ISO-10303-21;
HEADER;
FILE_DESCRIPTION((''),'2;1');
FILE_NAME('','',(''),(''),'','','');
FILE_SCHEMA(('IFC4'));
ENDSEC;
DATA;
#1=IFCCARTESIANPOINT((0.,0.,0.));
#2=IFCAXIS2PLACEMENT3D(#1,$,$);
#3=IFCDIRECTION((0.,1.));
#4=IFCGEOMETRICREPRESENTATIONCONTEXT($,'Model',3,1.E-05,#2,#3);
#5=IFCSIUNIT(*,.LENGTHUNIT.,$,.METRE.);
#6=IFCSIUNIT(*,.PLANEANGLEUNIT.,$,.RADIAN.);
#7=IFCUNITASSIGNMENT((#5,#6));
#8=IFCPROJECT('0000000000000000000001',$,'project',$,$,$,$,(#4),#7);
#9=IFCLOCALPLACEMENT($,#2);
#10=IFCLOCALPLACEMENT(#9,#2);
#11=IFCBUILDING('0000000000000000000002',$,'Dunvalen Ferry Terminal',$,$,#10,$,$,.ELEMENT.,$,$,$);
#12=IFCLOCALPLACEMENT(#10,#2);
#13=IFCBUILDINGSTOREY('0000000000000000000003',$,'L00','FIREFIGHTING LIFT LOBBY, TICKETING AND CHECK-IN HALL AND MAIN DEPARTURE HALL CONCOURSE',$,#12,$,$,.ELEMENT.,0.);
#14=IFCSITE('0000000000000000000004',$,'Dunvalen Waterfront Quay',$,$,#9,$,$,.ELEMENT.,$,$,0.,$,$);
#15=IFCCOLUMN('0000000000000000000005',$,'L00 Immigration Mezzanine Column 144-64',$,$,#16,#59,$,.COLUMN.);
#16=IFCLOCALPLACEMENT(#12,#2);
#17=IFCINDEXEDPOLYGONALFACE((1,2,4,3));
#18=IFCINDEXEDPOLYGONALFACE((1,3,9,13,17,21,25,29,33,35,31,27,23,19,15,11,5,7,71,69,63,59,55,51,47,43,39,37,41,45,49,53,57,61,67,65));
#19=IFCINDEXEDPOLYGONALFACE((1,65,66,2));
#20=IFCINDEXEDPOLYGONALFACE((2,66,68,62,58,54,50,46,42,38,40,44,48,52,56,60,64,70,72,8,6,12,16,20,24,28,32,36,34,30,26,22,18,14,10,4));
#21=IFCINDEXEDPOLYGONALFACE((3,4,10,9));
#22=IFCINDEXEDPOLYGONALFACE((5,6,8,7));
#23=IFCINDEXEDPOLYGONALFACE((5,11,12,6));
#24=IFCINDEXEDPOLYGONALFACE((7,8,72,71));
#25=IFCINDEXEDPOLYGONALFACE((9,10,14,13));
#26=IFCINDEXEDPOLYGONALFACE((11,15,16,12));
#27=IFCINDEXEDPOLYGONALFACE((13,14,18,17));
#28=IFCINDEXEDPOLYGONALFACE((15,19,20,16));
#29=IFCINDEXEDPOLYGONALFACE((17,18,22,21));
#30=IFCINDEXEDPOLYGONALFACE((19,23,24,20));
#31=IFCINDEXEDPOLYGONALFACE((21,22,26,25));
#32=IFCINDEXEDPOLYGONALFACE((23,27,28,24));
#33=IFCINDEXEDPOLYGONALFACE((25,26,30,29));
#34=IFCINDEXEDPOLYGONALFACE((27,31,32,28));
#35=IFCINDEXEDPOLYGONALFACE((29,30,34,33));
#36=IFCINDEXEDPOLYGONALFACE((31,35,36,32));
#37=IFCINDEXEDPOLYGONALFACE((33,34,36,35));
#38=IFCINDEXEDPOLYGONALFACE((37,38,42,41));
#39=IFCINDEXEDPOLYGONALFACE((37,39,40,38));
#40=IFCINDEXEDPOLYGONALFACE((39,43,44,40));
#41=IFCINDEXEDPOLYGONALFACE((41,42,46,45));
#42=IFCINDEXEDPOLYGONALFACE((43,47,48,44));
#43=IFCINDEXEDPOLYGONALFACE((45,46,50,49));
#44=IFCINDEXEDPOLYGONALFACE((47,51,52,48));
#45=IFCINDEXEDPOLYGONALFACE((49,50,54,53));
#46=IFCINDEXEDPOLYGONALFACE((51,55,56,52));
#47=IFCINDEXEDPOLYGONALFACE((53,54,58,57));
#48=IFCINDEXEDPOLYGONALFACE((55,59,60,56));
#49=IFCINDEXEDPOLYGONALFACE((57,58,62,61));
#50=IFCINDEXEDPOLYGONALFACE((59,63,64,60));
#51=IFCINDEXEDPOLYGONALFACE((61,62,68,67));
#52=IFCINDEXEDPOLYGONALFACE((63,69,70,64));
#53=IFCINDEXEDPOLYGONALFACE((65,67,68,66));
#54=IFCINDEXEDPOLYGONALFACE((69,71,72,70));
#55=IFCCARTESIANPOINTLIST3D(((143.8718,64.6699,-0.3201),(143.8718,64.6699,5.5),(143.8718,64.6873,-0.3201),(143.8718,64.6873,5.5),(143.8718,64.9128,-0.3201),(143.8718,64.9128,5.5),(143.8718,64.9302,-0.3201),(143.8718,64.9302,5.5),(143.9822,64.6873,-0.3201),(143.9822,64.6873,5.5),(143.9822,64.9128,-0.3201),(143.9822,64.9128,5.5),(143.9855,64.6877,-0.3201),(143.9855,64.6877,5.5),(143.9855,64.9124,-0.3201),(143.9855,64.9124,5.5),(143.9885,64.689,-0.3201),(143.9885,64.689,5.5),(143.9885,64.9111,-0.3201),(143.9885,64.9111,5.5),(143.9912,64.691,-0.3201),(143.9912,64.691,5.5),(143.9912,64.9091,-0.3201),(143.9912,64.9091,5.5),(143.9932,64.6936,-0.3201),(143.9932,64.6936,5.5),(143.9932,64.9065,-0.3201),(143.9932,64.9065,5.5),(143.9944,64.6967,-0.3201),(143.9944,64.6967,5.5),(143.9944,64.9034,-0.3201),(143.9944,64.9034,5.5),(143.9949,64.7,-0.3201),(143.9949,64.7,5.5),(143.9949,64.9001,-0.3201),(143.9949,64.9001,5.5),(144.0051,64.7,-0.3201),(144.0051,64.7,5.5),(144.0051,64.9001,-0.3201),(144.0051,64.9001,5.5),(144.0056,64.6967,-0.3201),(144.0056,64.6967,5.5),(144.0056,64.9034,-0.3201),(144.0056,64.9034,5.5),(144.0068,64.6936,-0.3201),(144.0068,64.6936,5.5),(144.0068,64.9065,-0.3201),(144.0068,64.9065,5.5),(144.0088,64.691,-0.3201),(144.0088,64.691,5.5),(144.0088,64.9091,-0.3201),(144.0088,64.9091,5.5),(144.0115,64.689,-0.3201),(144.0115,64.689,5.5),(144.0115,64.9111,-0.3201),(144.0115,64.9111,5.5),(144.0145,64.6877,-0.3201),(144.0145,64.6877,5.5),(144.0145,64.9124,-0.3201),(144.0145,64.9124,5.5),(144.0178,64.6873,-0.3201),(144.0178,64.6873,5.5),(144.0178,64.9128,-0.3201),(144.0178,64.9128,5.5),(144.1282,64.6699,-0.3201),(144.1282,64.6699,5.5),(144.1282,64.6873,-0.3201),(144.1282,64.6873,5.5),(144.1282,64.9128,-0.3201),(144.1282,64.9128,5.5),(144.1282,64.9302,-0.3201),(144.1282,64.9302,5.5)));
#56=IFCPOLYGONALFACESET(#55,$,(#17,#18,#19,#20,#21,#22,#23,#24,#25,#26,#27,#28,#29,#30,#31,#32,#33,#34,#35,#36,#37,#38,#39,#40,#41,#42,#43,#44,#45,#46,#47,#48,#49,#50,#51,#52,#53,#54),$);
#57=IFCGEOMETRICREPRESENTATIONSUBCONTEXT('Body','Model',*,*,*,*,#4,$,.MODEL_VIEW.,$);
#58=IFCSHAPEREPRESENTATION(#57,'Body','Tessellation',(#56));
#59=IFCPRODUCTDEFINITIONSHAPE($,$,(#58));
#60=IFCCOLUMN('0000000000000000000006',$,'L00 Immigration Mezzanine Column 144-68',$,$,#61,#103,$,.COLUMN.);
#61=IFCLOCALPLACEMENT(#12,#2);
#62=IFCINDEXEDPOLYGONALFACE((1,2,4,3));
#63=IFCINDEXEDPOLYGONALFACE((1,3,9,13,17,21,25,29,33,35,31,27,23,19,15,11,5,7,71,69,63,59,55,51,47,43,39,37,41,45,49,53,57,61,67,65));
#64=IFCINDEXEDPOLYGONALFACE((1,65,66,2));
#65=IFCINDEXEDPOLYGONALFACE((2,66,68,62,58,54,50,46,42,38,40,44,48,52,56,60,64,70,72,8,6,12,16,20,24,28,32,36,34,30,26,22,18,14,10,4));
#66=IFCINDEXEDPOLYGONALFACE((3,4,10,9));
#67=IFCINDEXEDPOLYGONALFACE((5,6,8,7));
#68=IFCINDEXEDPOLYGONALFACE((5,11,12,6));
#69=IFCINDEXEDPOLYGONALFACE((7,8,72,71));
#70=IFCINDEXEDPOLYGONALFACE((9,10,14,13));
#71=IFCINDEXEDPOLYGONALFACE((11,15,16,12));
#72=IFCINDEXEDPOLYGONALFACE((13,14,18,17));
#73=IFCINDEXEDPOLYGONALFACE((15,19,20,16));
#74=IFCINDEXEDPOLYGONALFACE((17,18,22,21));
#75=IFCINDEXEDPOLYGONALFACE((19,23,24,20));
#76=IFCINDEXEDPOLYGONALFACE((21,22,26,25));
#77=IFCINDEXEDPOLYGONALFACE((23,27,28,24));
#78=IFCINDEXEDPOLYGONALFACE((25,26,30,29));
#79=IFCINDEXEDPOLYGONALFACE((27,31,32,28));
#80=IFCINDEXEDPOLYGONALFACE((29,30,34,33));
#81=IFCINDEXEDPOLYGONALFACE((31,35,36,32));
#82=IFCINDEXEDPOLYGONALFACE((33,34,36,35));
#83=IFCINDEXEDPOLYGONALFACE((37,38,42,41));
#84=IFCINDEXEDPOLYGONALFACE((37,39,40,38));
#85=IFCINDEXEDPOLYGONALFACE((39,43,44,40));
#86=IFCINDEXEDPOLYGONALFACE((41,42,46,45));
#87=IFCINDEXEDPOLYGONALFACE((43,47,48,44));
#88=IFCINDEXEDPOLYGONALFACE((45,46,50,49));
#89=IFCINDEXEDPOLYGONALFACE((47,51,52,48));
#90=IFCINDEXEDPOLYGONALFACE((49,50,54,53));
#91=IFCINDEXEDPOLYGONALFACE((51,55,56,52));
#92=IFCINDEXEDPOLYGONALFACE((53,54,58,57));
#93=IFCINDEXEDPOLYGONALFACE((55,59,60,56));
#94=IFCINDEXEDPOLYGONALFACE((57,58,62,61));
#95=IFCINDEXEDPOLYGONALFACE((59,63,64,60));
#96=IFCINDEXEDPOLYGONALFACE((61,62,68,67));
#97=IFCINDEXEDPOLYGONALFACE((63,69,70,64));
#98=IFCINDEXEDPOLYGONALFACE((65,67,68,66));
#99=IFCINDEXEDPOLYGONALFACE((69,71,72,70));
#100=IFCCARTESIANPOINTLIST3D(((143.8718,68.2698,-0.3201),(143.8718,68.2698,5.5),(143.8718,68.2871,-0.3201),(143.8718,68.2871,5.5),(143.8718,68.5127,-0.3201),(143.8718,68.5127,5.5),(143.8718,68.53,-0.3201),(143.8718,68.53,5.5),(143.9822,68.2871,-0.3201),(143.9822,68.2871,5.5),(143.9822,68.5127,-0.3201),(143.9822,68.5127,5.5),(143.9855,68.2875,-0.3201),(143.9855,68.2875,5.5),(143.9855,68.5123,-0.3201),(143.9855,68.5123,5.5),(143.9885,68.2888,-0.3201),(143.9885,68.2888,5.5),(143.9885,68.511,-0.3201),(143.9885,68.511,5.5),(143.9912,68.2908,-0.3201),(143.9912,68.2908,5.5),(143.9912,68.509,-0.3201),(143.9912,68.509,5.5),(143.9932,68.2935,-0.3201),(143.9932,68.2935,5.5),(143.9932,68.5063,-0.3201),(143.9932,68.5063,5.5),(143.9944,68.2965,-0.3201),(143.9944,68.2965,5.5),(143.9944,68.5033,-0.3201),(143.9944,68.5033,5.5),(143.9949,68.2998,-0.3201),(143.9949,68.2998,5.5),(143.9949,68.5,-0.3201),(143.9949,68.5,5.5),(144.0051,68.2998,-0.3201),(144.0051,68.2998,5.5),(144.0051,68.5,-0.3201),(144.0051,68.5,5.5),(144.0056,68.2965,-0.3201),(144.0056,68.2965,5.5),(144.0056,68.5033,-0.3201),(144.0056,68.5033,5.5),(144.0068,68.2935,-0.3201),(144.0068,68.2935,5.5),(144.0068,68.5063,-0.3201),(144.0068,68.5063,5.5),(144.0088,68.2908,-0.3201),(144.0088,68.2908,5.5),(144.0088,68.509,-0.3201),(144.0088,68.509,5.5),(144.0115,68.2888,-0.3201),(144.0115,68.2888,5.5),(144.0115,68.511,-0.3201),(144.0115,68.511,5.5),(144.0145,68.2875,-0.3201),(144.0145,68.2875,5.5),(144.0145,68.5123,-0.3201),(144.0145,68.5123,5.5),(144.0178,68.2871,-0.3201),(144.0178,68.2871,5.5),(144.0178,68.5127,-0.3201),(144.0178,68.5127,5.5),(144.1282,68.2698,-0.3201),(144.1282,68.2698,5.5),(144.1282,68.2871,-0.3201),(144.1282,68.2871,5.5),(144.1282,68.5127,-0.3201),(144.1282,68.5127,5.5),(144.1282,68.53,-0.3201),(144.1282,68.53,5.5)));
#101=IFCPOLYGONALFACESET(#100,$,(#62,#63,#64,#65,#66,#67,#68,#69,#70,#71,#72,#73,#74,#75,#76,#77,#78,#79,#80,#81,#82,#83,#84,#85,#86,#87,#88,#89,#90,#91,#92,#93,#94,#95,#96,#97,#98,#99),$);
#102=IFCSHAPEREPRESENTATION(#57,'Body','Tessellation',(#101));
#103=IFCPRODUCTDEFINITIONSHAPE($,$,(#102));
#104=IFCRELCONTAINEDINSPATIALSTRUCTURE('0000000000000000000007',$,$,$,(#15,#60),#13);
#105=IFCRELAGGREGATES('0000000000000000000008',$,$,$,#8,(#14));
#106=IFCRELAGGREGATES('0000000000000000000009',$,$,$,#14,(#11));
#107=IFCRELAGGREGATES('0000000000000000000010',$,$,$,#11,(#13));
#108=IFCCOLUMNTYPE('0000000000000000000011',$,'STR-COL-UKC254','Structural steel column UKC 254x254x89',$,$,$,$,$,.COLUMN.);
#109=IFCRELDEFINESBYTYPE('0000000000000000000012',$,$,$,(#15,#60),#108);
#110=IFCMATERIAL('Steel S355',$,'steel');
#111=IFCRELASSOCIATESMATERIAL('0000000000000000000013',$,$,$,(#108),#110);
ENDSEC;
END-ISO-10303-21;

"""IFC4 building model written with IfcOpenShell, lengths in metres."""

from ifc_helpers import new_model, si_unit, direction, frame, origin, origin_2d, place, context, subcontext, project, spatial, i_section, extrude, material, material_profile, profile_set, type_object, element, save


model = new_model("IFC4")

# Units and contexts
model_context = context("Model", 3, precision=1e-05, world=origin(), true_north=direction((0.0, 1.0)))
body_context = subcontext(model_context, "Body", "Model", "MODEL_VIEW")
ifc_project = project(units=[si_unit("LENGTHUNIT", "METRE"), si_unit("PLANEANGLEUNIT", "RADIAN")], contexts=[model_context])

# Site, building, storey
site_placement = place(None, origin())
site = spatial("IfcSite", under=ifc_project, at=site_placement, Name="Dunvalen Waterfront Quay", CompositionType="ELEMENT", RefElevation=0.0)
building_placement = place(site_placement, origin())
building = spatial("IfcBuilding", under=site, at=building_placement, Name="Dunvalen Ferry Terminal", CompositionType="ELEMENT")
storey_placement = place(building_placement, origin())
storey = spatial("IfcBuildingStorey", under=building, at=storey_placement, Name="L00", Description="FIREFIGHTING LIFT LOBBY, TICKETING AND CHECK-IN HALL AND MAIN DEPARTURE HALL CONCOURSE", CompositionType="ELEMENT", Elevation=0.0)

# Columns
ifc_material_1 = material(Name="Steel S355", Category="steel")
ifc_material_profile_1 = material_profile(ifc_material_1, i_section(OverallWidth=0.2563, OverallDepth=0.2603, WebThickness=0.0103, FlangeThickness=0.0173, FilletRadius=0.0127, at=origin_2d()), Name="Steel S355")
ifc_profile_set_1 = profile_set([ifc_material_profile_1], Name="Steel S355")
column_type = type_object("IfcColumnType", Name="STR-COL-UKC254", Description="Structural steel column UKC 254x254x89", PredefinedType="COLUMN", material=ifc_profile_set_1)
for number, where, z_axis, x_axis, name in (
    (1, (144.0, 64.8, -0.3201), (0.0, 0.0, 1.0), (1.0, 0.0, 0.0), "L00 Immigration Mezzanine Column 144-64"),
    (2, (144.0, 68.3999, -0.3201), (0.0, 0.0, 1.0), (1.0, 0.0, 0.0), "L00 Immigration Mezzanine Column 144-68"),
):
    element("IfcColumn", number, at=place(storey_placement, frame(where, z_axis=z_axis, x_axis=x_axis)), inside=storey, type_object=column_type, Name=name, PredefinedType="COLUMN", context=body_context, shape_type="SweptSolid", body=[
        extrude(i_section(OverallWidth=0.2563, OverallDepth=0.2603, WebThickness=0.0103, FlangeThickness=0.0173, FilletRadius=0.0127, at=origin_2d()), origin(), (0.0, 0.0, 1.0), 5.8201),
    ])

save(model, "model.ifc")
